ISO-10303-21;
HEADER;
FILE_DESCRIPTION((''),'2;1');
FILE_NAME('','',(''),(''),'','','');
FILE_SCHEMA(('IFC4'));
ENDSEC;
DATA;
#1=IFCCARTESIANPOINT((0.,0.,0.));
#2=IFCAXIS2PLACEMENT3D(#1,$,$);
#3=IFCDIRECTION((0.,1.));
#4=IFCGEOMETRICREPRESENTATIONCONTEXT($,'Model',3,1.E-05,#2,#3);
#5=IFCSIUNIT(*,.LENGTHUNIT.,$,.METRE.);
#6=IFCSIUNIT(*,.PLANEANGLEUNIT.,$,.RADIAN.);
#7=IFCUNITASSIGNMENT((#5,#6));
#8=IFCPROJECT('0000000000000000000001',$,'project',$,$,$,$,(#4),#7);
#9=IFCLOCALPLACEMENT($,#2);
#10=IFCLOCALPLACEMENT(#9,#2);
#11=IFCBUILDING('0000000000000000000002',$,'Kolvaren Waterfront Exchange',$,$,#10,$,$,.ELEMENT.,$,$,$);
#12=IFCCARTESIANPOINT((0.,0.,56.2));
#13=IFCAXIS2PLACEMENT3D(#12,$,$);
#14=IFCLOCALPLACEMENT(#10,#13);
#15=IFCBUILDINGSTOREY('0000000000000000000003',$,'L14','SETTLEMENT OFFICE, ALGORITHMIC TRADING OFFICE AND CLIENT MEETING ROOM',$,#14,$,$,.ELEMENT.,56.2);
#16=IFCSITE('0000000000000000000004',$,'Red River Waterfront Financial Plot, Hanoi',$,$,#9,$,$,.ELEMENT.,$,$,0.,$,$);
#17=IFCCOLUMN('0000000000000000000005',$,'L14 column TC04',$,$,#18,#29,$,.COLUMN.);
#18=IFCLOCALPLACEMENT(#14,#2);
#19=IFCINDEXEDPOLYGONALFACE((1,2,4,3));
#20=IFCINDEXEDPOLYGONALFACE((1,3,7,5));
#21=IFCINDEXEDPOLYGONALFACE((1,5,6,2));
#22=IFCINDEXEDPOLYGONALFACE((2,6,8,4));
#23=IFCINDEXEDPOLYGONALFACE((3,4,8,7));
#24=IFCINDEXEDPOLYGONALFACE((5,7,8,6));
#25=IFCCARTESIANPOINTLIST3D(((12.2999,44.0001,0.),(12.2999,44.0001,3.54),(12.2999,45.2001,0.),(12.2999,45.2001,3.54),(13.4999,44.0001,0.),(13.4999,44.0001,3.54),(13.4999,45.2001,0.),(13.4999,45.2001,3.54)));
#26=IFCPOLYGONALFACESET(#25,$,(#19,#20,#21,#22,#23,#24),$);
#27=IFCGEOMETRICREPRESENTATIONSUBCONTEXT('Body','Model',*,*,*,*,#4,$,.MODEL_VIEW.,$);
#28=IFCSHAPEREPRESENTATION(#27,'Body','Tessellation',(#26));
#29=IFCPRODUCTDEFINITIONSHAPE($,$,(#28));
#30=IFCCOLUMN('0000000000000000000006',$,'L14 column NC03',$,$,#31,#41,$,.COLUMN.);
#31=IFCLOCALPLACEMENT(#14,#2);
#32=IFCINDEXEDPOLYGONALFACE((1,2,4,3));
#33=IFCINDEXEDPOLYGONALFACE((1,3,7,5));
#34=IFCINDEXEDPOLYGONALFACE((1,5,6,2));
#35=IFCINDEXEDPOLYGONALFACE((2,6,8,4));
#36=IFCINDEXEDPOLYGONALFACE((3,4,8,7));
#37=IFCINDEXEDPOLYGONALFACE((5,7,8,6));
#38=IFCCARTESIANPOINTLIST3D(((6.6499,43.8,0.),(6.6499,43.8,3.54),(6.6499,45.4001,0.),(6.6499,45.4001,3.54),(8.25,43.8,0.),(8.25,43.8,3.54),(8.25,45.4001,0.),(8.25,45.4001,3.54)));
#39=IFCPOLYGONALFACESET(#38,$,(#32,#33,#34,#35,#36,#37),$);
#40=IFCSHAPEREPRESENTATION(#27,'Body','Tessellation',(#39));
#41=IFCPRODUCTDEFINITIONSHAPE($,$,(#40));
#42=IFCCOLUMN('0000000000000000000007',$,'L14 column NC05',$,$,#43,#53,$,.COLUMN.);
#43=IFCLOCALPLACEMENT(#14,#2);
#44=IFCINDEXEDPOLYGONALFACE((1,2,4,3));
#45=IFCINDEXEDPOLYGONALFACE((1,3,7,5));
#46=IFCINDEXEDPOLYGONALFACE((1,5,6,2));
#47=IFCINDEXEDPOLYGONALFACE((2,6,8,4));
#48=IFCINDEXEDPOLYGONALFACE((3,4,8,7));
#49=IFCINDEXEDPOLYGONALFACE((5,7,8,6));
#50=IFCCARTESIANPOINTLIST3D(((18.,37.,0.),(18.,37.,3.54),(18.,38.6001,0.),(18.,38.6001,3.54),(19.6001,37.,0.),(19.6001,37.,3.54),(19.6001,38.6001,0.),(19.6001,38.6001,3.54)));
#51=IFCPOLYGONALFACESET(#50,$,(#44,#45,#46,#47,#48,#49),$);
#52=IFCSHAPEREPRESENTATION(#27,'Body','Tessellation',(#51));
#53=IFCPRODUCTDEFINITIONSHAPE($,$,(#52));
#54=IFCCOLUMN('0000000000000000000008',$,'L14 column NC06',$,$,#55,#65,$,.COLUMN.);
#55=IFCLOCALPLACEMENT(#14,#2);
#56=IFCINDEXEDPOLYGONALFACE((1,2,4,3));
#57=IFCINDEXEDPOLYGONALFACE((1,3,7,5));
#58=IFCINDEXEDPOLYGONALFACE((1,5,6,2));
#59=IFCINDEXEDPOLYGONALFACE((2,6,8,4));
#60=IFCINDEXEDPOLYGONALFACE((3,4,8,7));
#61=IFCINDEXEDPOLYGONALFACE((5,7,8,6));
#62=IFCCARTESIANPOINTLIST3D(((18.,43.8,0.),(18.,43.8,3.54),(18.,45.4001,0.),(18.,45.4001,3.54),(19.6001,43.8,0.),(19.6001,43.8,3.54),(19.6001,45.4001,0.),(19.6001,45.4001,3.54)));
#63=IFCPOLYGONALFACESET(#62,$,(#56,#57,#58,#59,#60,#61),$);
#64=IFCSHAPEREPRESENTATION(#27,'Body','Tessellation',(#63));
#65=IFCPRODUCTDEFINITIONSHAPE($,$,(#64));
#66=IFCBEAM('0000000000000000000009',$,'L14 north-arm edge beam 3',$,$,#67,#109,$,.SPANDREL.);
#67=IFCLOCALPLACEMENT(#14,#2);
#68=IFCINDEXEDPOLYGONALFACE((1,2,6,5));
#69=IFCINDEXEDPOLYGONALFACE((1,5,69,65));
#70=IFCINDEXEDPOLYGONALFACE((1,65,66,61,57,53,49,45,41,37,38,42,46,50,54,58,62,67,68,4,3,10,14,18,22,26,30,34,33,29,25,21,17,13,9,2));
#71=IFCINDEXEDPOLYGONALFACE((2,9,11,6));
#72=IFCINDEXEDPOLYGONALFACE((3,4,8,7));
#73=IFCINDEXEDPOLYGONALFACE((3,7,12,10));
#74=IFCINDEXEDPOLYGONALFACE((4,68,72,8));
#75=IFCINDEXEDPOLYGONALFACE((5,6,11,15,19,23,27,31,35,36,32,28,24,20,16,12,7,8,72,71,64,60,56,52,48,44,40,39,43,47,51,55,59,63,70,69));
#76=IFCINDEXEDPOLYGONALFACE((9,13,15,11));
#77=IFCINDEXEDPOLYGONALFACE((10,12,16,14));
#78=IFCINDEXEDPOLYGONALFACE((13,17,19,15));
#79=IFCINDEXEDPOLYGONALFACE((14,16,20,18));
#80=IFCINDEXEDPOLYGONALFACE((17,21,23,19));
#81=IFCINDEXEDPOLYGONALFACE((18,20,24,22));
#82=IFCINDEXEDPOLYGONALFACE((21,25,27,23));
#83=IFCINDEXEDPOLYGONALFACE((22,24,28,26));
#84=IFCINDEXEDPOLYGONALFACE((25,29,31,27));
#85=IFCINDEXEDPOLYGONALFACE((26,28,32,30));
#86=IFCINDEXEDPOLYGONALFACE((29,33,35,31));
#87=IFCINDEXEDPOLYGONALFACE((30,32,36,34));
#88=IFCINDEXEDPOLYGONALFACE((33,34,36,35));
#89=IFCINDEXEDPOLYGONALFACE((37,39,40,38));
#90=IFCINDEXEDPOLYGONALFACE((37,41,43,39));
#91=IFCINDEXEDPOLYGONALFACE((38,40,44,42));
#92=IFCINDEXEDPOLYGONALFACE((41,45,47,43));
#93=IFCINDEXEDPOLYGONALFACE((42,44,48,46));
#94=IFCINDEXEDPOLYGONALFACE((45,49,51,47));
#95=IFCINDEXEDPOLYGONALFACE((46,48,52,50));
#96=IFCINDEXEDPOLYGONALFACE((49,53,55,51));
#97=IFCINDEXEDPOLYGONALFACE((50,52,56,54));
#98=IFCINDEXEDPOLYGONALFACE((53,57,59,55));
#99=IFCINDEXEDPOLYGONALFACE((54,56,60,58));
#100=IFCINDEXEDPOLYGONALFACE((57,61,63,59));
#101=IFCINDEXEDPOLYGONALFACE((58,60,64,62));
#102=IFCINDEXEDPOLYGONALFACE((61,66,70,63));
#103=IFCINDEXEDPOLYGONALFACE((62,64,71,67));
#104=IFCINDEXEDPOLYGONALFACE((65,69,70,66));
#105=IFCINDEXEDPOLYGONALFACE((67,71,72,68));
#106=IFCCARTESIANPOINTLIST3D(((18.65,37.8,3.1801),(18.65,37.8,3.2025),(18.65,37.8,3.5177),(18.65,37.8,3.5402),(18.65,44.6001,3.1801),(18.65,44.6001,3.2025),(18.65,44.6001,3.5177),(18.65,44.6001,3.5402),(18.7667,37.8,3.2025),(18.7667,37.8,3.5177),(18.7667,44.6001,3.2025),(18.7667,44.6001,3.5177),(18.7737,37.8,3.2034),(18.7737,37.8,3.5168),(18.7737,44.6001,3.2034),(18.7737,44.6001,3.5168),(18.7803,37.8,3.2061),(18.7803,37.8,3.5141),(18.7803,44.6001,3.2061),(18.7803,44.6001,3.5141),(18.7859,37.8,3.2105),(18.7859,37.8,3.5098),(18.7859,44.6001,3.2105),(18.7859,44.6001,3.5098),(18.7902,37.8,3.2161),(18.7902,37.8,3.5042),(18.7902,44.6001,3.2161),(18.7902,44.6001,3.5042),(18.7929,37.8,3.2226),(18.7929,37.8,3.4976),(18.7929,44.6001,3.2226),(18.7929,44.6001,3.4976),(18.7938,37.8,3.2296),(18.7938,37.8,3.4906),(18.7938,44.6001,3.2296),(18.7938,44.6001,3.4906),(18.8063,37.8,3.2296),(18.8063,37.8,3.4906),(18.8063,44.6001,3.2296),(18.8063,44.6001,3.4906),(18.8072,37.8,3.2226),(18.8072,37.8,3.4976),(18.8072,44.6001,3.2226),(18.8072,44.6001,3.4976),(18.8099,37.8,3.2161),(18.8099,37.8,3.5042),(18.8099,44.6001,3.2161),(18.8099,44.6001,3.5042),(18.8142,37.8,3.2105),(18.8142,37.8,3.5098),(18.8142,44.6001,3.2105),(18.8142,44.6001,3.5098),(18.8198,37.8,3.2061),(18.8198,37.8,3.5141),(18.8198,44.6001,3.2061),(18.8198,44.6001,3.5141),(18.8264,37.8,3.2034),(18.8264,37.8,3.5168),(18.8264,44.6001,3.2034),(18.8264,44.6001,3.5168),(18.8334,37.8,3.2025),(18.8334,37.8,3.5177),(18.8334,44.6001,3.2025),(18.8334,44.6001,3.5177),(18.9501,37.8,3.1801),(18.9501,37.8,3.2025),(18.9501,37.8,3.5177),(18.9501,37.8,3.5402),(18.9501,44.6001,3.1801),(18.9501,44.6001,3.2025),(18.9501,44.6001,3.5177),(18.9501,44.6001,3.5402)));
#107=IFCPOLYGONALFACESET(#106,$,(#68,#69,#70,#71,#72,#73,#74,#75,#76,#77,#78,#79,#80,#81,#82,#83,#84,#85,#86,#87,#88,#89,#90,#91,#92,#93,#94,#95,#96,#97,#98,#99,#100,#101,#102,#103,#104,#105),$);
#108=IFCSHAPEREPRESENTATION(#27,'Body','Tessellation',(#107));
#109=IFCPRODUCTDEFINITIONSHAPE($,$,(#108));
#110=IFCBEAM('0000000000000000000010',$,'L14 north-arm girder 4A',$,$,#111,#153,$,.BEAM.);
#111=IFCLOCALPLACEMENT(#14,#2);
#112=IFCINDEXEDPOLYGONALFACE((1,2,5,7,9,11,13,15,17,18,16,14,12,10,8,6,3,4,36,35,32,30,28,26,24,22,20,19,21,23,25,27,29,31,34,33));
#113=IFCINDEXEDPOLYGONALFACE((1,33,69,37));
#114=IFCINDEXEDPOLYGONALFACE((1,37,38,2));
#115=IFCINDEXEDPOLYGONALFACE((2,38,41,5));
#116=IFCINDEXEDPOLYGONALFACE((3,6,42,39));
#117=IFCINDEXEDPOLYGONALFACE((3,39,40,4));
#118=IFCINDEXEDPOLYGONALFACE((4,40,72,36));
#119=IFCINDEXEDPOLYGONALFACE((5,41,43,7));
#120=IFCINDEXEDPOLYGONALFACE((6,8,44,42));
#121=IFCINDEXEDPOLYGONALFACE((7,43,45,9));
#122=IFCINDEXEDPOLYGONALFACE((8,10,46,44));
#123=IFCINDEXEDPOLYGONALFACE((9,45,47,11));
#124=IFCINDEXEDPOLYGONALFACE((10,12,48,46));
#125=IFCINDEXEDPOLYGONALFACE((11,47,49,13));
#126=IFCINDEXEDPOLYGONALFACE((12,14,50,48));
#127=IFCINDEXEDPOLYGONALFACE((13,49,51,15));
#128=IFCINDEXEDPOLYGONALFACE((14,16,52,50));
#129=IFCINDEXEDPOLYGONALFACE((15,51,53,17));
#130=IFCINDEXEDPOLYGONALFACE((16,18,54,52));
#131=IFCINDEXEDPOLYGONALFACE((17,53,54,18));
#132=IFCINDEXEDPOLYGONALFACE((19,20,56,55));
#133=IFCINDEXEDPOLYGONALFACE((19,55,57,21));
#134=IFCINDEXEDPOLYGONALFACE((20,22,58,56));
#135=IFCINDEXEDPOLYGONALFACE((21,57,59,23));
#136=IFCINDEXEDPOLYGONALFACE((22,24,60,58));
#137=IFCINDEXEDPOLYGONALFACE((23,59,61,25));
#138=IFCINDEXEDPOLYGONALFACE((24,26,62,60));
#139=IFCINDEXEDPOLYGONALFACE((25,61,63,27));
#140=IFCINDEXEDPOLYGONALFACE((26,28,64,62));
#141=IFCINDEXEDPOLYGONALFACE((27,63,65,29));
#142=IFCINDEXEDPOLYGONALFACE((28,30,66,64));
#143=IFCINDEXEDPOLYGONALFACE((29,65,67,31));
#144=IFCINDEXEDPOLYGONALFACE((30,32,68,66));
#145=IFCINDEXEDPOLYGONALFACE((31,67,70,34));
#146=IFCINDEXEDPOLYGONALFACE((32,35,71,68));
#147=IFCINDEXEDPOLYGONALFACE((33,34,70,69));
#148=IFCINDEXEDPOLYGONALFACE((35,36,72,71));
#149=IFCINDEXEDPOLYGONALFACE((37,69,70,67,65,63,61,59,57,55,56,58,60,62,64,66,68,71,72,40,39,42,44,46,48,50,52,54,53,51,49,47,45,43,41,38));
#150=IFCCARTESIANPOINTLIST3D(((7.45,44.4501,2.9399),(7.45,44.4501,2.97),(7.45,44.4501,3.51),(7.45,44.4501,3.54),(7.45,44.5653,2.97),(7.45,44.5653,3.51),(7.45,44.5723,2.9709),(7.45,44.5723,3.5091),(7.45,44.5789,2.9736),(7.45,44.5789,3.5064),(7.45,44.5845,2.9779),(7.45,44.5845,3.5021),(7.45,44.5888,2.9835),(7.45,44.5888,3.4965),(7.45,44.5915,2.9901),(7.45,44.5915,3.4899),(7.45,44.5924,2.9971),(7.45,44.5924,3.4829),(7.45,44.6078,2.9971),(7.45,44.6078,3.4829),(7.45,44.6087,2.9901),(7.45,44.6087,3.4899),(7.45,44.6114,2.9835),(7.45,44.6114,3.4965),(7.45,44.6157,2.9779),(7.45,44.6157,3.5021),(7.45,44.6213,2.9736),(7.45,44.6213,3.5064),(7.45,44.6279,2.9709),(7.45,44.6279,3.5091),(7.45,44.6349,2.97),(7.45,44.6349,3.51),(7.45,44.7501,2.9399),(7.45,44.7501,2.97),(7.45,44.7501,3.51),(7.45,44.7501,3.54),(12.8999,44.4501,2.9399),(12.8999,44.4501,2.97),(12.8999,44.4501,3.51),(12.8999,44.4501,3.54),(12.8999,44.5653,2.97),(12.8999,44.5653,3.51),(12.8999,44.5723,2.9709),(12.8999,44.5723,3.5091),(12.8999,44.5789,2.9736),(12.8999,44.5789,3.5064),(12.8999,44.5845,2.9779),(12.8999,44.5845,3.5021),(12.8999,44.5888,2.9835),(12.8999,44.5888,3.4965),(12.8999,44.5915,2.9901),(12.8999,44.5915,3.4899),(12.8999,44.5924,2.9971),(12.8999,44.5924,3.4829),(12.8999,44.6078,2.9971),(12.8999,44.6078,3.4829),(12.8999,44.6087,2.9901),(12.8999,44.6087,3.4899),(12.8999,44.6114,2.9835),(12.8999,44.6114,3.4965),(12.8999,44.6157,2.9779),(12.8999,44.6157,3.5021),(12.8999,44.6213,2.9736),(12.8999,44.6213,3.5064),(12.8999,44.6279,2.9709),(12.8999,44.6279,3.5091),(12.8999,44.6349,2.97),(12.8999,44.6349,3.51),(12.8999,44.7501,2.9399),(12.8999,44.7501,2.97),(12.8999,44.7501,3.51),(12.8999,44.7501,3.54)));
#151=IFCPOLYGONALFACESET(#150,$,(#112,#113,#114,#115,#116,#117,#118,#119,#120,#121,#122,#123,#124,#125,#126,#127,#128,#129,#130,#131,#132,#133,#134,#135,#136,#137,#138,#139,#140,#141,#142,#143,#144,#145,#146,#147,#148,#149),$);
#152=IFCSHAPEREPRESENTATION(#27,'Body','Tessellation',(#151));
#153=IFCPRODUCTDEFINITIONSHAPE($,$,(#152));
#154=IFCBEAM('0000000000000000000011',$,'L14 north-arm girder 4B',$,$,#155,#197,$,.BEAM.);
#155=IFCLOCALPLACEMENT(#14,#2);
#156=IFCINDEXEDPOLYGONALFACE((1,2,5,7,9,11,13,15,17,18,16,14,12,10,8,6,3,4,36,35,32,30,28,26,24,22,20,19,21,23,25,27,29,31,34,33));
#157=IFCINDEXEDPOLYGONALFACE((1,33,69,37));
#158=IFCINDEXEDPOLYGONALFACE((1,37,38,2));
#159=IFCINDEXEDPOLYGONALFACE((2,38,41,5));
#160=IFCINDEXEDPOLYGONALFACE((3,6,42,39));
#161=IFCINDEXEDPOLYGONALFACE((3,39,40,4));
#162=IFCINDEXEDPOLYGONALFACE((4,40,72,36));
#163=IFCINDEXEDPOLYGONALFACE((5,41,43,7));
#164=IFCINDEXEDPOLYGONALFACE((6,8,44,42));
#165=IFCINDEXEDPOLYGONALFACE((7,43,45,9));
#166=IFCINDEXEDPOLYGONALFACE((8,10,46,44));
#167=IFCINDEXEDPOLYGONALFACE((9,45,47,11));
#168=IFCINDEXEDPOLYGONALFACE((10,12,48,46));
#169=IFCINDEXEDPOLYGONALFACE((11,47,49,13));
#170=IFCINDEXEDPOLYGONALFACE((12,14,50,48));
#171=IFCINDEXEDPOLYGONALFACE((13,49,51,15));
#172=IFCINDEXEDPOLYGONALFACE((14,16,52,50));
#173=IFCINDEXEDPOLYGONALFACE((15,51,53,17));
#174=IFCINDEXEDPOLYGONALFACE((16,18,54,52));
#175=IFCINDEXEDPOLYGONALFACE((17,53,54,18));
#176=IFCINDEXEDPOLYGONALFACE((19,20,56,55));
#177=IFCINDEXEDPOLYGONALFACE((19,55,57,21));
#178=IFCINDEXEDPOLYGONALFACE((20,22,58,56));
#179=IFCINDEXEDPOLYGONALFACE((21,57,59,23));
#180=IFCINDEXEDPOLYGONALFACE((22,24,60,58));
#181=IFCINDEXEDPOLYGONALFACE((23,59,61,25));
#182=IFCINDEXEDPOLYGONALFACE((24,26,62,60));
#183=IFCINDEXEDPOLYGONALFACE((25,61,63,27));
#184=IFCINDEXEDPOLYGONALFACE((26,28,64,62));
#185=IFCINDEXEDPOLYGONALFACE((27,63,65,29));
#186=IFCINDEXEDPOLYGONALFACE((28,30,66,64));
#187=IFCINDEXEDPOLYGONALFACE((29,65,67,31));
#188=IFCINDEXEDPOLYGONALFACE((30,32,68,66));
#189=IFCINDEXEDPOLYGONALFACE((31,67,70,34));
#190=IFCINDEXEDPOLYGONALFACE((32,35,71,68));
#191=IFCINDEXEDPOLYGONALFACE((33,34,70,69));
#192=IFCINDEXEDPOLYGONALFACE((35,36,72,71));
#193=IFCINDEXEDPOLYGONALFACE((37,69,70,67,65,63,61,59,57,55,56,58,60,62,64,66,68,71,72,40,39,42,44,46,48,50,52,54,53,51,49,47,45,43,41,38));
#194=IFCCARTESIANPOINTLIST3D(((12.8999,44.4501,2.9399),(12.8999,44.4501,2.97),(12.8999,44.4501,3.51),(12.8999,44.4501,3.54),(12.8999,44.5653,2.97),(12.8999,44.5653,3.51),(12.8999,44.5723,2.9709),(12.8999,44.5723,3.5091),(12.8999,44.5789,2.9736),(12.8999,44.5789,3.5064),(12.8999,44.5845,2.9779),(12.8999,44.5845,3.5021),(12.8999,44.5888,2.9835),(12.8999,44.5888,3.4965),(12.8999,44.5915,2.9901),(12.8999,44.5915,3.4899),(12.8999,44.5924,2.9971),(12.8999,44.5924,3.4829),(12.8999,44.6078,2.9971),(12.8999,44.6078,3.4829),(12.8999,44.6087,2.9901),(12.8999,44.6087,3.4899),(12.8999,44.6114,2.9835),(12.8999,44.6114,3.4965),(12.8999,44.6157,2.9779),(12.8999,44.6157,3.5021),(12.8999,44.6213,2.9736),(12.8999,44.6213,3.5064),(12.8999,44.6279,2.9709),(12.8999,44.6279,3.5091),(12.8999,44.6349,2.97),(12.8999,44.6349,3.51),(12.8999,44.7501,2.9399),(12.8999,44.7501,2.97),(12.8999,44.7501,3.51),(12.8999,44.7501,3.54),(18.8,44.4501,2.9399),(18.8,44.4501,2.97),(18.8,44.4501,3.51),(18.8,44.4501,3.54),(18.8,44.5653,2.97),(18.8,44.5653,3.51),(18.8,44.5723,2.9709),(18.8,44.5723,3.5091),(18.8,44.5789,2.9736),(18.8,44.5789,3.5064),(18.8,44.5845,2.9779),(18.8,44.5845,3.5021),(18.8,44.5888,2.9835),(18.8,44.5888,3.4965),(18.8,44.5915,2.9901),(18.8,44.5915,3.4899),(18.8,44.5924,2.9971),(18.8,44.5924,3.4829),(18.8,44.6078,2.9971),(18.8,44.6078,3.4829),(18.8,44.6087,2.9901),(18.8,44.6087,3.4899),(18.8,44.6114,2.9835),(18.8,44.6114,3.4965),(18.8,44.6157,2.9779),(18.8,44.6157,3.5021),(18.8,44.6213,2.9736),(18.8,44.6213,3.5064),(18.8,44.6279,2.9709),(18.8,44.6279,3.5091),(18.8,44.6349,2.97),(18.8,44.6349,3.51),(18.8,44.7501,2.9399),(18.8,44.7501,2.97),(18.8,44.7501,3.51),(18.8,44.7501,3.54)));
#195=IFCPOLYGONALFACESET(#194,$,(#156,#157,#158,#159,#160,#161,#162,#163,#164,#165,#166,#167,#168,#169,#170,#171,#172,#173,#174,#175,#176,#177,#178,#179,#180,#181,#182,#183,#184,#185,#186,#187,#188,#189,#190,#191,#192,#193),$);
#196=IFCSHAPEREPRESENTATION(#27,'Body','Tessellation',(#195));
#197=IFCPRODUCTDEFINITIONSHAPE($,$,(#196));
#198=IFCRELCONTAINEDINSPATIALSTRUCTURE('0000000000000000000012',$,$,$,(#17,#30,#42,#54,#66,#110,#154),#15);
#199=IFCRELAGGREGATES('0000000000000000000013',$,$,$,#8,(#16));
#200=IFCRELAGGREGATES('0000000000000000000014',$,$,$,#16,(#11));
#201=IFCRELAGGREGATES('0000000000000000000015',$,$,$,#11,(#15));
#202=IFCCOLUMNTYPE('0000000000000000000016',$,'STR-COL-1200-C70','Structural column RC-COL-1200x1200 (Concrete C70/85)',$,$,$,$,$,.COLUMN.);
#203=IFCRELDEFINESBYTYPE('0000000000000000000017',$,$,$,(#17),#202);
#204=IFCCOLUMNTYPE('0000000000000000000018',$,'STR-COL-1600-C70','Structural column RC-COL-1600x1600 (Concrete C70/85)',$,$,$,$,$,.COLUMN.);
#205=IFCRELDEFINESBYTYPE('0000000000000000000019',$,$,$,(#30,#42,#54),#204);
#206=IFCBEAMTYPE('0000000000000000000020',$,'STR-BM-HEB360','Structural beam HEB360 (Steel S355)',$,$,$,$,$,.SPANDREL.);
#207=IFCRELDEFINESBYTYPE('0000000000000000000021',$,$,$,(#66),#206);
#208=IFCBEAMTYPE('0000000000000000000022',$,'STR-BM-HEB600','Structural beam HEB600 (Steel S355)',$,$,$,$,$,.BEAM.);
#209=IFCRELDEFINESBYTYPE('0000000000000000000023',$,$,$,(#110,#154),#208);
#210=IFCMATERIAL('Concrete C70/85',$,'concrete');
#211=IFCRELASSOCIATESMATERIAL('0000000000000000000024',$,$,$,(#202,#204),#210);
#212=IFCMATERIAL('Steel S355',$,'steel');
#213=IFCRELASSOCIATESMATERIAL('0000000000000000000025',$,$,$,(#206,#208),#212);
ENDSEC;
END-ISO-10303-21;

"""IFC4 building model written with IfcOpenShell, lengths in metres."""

from ifc_helpers import new_model, si_unit, direction, frame, origin, origin_2d, place, context, subcontext, project, spatial, rectangle, i_section, extrude, material, material_profile, profile_set, type_object, element, save


model = new_model("IFC4")

# Units and contexts
model_context = context("Model", 3, precision=1e-05, world=origin(), true_north=direction((0.0, 1.0)))
body_context = subcontext(model_context, "Body", "Model", "MODEL_VIEW")
ifc_project = project(units=[si_unit("LENGTHUNIT", "METRE"), si_unit("PLANEANGLEUNIT", "RADIAN")], contexts=[model_context])

# Site, building, storey
site_placement = place(None, origin())
site = spatial("IfcSite", under=ifc_project, at=site_placement, Name="Red River Waterfront Financial Plot, Hanoi", CompositionType="ELEMENT", RefElevation=0.0)
building_placement = place(site_placement, origin())
building = spatial("IfcBuilding", under=site, at=building_placement, Name="Kolvaren Waterfront Exchange", CompositionType="ELEMENT")
storey_placement = place(building_placement, frame((0.0, 0.0, 56.2)))
storey = spatial("IfcBuildingStorey", under=building, at=storey_placement, Name="L14", Description="SETTLEMENT OFFICE, ALGORITHMIC TRADING OFFICE AND CLIENT MEETING ROOM", CompositionType="ELEMENT", Elevation=56.2)

# Columns
ifc_material_1 = material(Name="Concrete C70/85", Category="concrete")
ifc_material_profile_1 = material_profile(ifc_material_1, rectangle(XDim=1.2, YDim=1.2, at=origin_2d()), Name="RC-COL-1200x1200")
ifc_profile_set_1 = profile_set([ifc_material_profile_1], Name="Concrete C70/85")
column_type_1 = type_object("IfcColumnType", Name="STR-COL-1200-C70", Description="Structural column RC-COL-1200x1200 (Concrete C70/85)", PredefinedType="COLUMN", material=ifc_profile_set_1)
column_placement = place(storey_placement, frame((12.8999, 44.6001, 0.0), z_axis=(0.0, 0.0, 1.0), x_axis=(1.0, 0.0, 0.0)))
element("IfcColumn", 1, at=column_placement, inside=storey, type_object=column_type_1, Name="L14 column TC04", PredefinedType="COLUMN", context=body_context, shape_type="SweptSolid", body=[
    extrude(rectangle(XDim=1.2, YDim=1.2, at=origin_2d()), origin(), (0.0, 0.0, 1.0), 3.54),
])
ifc_material_profile_2 = material_profile(ifc_material_1, rectangle(XDim=1.6001, YDim=1.6001, at=origin_2d()), Name="RC-COL-1600x1600")
ifc_profile_set_2 = profile_set([ifc_material_profile_2], Name="Concrete C70/85")
column_type_2 = type_object("IfcColumnType", Name="STR-COL-1600-C70", Description="Structural column RC-COL-1600x1600 (Concrete C70/85)", PredefinedType="COLUMN", material=ifc_profile_set_2)
for number, where, z_axis, x_axis, name in (
    (2, (7.45, 44.6001, 0.0), (0.0, 0.0, 1.0), (1.0, 0.0, 0.0), "L14 column NC03"),
    (3, (18.8, 37.8, 0.0), (0.0, 0.0, 1.0), (1.0, 0.0, 0.0), "L14 column NC05"),
    (4, (18.8, 44.6001, 0.0), (0.0, 0.0, 1.0), (1.0, 0.0, 0.0), "L14 column NC06"),
):
    element("IfcColumn", number, at=place(storey_placement, frame(where, z_axis=z_axis, x_axis=x_axis)), inside=storey, type_object=column_type_2, Name=name, PredefinedType="COLUMN", context=body_context, shape_type="SweptSolid", body=[
        extrude(rectangle(XDim=1.6001, YDim=1.6001, at=origin_2d()), origin(), (0.0, 0.0, 1.0), 3.54),
    ])

# Beams
ifc_material_2 = material(Name="Steel S355", Category="steel")
ifc_material_profile_3 = material_profile(ifc_material_2, i_section(OverallWidth=0.3, OverallDepth=0.3601, WebThickness=0.0125, FlangeThickness=0.0225, FilletRadius=0.0271, at=origin_2d()), Name="HEB360")
ifc_profile_set_3 = profile_set([ifc_material_profile_3], Name="Steel S355")
beam_type_1 = type_object("IfcBeamType", Name="STR-BM-HEB360", Description="Structural beam HEB360 (Steel S355)", PredefinedType="SPANDREL", material=ifc_profile_set_3)
beam_1_placement = place(storey_placement, frame((18.8, 37.8, 3.3601), z_axis=(0.0, 1.0, 0.0), x_axis=(-1.0, 0.0, 0.0)))
element("IfcBeam", 5, at=beam_1_placement, inside=storey, type_object=beam_type_1, Name="L14 north-arm edge beam 3", PredefinedType="SPANDREL", context=body_context, shape_type="SweptSolid", body=[
    extrude(i_section(OverallWidth=0.3, OverallDepth=0.3601, WebThickness=0.0125, FlangeThickness=0.0225, FilletRadius=0.0271, at=origin_2d()), origin(), (0.0, 0.0, 1.0), 6.8),
])
ifc_material_profile_4 = material_profile(ifc_material_2, i_section(OverallWidth=0.3, OverallDepth=0.6001, WebThickness=0.0154, FlangeThickness=0.03, FilletRadius=0.0271, at=origin_2d()), Name="HEB600")
ifc_profile_set_4 = profile_set([ifc_material_profile_4], Name="Steel S355")
beam_type_2 = type_object("IfcBeamType", Name="STR-BM-HEB600", Description="Structural beam HEB600 (Steel S355)", PredefinedType="BEAM", material=ifc_profile_set_4)
beam_2_placement = place(storey_placement, frame((7.45, 44.6001, 3.24), z_axis=(1.0, 0.0, 0.0), x_axis=(0.0, 1.0, 0.0)))
element("IfcBeam", 6, at=beam_2_placement, inside=storey, type_object=beam_type_2, Name="L14 north-arm girder 4A", PredefinedType="BEAM", context=body_context, shape_type="SweptSolid", body=[
    extrude(i_section(OverallWidth=0.3, OverallDepth=0.6001, WebThickness=0.0154, FlangeThickness=0.03, FilletRadius=0.0271, at=origin_2d()), origin(), (0.0, 0.0, 1.0), 5.45),
])
beam_3_placement = place(storey_placement, frame((12.8999, 44.6001, 3.24), z_axis=(1.0, 0.0, 0.0), x_axis=(0.0, 1.0, 0.0)))
element("IfcBeam", 7, at=beam_3_placement, inside=storey, type_object=beam_type_2, Name="L14 north-arm girder 4B", PredefinedType="BEAM", context=body_context, shape_type="SweptSolid", body=[
    extrude(i_section(OverallWidth=0.3, OverallDepth=0.6001, WebThickness=0.0154, FlangeThickness=0.03, FilletRadius=0.0271, at=origin_2d()), origin(), (0.0, 0.0, 1.0), 5.9001),
])

save(model, "model.ifc")
